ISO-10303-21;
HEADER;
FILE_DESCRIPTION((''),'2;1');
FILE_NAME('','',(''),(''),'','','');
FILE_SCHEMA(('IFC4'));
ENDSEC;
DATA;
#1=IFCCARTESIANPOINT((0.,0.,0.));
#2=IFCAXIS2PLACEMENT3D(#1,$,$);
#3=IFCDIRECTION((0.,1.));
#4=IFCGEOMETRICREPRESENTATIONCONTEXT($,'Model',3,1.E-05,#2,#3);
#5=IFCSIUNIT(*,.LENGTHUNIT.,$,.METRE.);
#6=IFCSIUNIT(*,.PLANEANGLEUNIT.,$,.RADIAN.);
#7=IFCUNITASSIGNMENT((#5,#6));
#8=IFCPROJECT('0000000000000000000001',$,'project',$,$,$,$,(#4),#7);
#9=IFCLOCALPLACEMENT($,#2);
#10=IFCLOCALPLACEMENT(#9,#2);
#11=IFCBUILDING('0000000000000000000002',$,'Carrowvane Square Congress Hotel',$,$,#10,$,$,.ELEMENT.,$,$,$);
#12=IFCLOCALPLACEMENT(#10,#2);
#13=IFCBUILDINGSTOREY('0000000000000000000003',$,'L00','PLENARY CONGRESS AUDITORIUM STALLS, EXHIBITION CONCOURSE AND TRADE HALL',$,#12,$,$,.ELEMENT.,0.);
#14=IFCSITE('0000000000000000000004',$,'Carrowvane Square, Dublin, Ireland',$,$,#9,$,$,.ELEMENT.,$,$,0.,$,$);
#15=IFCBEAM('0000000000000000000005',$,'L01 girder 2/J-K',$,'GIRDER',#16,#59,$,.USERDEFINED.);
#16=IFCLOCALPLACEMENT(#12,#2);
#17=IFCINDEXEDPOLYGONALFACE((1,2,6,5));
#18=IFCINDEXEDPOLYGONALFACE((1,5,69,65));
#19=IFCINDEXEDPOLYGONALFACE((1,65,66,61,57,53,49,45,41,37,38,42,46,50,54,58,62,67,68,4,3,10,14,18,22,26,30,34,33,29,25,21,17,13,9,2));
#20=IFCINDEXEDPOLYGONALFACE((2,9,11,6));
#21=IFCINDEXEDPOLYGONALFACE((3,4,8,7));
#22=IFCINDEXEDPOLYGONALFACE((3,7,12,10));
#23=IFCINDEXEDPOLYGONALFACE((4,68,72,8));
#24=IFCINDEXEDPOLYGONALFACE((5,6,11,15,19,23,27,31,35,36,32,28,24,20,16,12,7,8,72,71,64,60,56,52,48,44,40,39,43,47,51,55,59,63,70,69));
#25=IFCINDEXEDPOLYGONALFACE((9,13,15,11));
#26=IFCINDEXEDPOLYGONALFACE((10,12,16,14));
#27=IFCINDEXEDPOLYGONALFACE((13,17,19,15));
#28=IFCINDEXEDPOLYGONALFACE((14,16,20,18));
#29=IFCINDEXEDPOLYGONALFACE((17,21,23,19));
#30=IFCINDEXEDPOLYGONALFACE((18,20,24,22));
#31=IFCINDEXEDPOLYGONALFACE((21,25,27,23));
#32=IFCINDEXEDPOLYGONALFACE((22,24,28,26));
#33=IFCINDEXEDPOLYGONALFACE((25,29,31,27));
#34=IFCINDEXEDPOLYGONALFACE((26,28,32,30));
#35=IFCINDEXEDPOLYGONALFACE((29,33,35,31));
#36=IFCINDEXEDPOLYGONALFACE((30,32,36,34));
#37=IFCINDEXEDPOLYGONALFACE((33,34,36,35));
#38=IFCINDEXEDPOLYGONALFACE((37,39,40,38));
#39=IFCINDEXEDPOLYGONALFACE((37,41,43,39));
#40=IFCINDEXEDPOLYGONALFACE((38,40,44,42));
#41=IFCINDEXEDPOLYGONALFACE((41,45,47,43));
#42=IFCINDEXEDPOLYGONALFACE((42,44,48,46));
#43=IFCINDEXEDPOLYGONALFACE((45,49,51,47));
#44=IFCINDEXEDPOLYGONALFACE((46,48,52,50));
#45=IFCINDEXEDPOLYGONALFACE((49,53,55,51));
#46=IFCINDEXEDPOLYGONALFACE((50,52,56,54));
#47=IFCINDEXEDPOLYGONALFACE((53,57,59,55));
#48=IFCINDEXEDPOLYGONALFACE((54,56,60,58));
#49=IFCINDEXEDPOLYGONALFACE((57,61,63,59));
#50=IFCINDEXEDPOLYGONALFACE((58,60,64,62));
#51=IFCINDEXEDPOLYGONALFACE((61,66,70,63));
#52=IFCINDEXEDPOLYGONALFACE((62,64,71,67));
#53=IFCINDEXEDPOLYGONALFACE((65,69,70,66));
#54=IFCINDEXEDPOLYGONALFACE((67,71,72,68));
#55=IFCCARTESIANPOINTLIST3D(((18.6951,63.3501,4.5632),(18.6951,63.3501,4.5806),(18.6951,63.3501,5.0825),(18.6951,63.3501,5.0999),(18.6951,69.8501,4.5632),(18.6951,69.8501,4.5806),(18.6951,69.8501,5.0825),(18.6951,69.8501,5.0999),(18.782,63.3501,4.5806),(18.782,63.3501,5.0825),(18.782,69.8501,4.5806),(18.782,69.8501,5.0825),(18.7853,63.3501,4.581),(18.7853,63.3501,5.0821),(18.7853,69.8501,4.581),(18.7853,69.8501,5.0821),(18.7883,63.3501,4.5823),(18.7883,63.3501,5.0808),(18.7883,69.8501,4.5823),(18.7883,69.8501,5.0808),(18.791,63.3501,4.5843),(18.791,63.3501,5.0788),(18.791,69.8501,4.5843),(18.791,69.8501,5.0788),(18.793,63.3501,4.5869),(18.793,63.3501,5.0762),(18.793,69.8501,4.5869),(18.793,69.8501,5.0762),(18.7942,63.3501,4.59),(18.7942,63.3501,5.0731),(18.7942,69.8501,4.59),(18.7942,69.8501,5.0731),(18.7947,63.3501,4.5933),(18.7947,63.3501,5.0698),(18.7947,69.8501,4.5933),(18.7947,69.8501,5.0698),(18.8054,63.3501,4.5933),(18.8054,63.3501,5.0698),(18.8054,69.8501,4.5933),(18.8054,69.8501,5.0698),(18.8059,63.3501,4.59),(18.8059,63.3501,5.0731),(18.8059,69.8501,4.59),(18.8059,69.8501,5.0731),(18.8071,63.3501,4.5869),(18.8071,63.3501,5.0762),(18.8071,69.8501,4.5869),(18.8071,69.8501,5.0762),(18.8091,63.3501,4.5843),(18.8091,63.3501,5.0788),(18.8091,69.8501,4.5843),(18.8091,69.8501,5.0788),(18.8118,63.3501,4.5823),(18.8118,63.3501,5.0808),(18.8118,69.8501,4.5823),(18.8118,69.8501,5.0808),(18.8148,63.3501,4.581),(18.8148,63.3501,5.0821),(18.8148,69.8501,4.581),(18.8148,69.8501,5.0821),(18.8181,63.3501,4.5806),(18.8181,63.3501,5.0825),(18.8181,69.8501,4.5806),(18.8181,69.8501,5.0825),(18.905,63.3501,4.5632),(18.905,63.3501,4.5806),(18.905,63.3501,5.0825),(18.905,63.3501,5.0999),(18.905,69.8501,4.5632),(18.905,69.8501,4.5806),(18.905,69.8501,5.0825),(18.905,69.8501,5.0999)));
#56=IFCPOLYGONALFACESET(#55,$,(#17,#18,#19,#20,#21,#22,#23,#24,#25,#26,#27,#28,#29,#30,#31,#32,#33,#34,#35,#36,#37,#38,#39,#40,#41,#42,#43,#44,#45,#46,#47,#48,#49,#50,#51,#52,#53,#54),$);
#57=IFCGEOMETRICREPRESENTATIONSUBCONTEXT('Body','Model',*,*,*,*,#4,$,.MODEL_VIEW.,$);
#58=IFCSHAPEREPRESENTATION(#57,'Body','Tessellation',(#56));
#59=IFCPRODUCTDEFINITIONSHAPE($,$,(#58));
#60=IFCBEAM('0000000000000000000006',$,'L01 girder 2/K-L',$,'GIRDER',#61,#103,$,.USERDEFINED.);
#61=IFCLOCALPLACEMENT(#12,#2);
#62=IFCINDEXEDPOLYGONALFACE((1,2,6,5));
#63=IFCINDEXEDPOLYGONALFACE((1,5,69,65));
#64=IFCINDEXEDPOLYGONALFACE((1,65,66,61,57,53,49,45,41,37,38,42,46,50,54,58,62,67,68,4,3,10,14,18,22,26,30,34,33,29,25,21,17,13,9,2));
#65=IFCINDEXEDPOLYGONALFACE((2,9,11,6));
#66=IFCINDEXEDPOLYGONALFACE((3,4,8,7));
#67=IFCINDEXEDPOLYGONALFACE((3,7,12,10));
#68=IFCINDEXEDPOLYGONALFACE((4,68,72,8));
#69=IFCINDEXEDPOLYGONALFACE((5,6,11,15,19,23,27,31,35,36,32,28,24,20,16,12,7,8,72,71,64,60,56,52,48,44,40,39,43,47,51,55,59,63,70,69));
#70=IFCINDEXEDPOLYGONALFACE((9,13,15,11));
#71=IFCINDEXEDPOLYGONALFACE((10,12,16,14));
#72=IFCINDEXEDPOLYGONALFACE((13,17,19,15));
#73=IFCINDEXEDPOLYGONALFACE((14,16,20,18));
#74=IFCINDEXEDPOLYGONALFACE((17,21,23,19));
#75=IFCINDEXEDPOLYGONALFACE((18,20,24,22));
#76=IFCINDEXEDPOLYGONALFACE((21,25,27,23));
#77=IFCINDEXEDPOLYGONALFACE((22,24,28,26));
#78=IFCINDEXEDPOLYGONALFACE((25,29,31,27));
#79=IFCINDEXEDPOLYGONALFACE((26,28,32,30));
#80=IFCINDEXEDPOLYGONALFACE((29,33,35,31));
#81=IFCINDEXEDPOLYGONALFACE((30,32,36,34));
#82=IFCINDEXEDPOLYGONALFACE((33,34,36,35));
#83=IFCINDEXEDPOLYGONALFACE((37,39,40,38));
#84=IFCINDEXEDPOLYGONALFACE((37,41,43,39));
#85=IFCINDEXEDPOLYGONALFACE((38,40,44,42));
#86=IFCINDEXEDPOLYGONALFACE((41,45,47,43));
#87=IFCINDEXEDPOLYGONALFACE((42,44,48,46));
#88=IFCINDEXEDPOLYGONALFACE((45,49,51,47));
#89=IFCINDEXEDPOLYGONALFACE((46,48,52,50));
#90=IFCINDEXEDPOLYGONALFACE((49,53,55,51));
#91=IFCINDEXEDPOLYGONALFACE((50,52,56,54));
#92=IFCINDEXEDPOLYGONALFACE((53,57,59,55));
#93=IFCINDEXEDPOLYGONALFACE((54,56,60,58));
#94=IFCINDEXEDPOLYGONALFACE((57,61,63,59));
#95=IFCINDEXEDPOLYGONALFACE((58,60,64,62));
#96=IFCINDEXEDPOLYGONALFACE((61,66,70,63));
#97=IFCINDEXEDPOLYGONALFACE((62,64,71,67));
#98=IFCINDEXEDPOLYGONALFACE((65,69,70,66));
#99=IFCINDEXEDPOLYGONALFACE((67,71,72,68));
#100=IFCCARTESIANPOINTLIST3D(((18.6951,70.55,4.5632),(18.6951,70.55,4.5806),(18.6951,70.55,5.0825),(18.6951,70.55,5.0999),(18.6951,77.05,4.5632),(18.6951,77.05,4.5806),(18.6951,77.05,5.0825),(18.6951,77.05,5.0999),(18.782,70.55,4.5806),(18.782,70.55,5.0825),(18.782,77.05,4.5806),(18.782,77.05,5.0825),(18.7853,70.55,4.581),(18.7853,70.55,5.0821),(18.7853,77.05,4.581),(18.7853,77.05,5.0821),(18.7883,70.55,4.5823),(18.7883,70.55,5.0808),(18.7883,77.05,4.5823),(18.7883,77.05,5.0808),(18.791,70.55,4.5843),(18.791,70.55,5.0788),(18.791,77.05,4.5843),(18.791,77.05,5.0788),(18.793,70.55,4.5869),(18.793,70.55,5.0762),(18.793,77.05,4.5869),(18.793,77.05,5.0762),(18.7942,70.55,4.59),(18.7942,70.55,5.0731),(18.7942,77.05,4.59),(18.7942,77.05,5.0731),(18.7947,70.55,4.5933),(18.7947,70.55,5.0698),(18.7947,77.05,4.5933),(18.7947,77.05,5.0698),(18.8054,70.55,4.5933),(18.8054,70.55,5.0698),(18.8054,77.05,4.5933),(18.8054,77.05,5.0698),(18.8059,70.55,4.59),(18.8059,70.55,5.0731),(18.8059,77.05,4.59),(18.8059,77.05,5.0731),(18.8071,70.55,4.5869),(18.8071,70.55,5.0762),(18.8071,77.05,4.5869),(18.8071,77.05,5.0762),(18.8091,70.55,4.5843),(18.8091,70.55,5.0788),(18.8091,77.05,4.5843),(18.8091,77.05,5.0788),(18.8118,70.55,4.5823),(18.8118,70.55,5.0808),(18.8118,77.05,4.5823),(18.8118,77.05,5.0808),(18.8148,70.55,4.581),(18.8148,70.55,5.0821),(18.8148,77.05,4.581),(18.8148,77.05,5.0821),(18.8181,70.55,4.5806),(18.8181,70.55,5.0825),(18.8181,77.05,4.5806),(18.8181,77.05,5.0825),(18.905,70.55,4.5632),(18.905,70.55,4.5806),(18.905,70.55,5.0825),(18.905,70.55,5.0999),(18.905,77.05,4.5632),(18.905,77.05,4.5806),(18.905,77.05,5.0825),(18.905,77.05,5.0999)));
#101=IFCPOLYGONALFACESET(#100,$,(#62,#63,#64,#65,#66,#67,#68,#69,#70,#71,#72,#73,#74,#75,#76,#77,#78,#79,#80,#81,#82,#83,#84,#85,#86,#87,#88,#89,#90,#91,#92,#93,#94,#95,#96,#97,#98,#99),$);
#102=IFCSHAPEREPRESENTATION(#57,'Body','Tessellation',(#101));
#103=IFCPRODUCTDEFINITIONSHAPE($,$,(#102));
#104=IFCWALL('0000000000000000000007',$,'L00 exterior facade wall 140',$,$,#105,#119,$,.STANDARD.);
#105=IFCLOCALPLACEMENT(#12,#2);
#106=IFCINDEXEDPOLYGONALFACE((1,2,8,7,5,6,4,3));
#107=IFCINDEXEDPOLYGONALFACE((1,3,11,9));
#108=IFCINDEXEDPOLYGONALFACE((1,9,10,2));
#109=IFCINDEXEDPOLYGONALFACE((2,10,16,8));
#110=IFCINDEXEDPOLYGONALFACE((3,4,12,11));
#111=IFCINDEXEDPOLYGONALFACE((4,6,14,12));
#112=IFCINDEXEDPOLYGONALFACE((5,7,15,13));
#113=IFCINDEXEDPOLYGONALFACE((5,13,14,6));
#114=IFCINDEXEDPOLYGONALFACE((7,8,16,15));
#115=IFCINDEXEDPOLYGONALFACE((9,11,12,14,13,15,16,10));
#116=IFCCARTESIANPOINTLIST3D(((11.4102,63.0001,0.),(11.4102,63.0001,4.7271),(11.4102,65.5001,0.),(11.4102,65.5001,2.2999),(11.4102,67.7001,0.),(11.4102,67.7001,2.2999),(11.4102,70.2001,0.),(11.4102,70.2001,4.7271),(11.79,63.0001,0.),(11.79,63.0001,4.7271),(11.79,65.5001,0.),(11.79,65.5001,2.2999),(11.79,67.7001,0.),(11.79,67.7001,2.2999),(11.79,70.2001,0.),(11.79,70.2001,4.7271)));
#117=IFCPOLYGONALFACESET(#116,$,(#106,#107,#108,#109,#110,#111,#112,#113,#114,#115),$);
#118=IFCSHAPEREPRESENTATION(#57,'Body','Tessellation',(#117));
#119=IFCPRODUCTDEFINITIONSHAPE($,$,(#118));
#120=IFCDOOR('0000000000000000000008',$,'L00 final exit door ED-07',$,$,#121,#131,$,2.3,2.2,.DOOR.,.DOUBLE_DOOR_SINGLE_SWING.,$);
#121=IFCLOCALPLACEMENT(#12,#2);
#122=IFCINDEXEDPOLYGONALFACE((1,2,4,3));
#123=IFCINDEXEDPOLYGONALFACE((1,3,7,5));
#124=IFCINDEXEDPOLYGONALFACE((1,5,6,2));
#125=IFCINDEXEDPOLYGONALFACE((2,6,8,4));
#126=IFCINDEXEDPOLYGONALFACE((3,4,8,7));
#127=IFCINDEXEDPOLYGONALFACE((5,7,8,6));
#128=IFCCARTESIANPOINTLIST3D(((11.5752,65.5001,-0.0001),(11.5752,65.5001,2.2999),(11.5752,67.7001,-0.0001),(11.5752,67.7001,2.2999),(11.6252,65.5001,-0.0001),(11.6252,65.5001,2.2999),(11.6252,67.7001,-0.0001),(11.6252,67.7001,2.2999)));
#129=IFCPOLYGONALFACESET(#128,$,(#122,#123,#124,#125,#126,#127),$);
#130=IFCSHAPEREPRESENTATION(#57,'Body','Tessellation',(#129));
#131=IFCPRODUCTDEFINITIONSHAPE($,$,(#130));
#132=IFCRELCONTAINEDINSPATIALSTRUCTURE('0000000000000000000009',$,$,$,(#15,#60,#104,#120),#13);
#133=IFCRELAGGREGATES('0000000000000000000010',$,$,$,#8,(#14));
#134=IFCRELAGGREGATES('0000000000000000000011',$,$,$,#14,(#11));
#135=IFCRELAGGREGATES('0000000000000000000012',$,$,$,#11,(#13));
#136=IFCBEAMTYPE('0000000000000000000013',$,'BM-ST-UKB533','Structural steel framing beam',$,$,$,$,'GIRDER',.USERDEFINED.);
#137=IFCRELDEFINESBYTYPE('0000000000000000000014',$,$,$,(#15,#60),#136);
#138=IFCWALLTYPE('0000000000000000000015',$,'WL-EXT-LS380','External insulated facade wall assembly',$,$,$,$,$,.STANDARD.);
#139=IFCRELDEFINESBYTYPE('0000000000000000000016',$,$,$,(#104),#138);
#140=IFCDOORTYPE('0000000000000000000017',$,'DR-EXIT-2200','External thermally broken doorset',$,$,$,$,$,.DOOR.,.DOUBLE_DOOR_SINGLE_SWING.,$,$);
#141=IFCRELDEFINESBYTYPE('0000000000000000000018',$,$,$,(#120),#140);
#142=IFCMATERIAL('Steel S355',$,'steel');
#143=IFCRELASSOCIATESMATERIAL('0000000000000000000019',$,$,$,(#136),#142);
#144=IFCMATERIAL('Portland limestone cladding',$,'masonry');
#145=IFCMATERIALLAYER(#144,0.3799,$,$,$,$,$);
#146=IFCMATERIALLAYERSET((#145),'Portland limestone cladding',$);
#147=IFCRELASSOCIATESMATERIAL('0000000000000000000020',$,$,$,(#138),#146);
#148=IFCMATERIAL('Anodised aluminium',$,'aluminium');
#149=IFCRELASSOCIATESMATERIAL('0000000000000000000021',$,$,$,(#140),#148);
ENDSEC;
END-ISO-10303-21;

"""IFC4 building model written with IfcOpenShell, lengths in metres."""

from ifc_helpers import new_model, si_unit, direction, frame, frame_2d, origin, origin_2d, place, context, subcontext, project, spatial, rectangle, i_section, extrude, material, layer, layer_set, material_profile, profile_set, type_object, element, fill, save


model = new_model("IFC4")

# Units and contexts
model_context = context("Model", 3, precision=1e-05, world=origin(), true_north=direction((0.0, 1.0)))
body_context = subcontext(model_context, "Body", "Model", "MODEL_VIEW")
ifc_project = project(units=[si_unit("LENGTHUNIT", "METRE"), si_unit("PLANEANGLEUNIT", "RADIAN")], contexts=[model_context])

# Site, building, storey
site_placement = place(None, origin())
site = spatial("IfcSite", under=ifc_project, at=site_placement, Name="Carrowvane Square, Dublin, Ireland", CompositionType="ELEMENT", RefElevation=0.0)
building_placement = place(site_placement, origin())
building = spatial("IfcBuilding", under=site, at=building_placement, Name="Carrowvane Square Congress Hotel", CompositionType="ELEMENT")
storey_placement = place(building_placement, origin())
storey = spatial("IfcBuildingStorey", under=building, at=storey_placement, Name="L00", Description="PLENARY CONGRESS AUDITORIUM STALLS, EXHIBITION CONCOURSE AND TRADE HALL", CompositionType="ELEMENT", Elevation=0.0)

# Beams
ifc_material_1 = material(Name="Steel S355", Category="steel")
ifc_material_profile_1 = material_profile(ifc_material_1, i_section(OverallWidth=0.21, OverallDepth=0.5366, WebThickness=0.0107, FlangeThickness=0.0173, FilletRadius=0.0127, at=origin_2d()), Name="UKB 533x210x101")
ifc_profile_set_1 = profile_set([ifc_material_profile_1], Name="Steel S355")
beam_type_1 = type_object("IfcBeamType", Name="BM-ST-UKB533", Description="Structural steel framing beam", ElementType="GIRDER", PredefinedType="USERDEFINED", material=ifc_profile_set_1)
for number, where, z_axis, x_axis, name in (
    (1, (18.8, 63.3501, 4.8315), (0.0, 1.0, 0.0), (-1.0, 0.0, 0.0), "L01 girder 2/J-K"),
    (2, (18.8, 70.55, 4.8315), (0.0, 1.0, 0.0), (-1.0, 0.0, 0.0), "L01 girder 2/K-L"),
):
    element("IfcBeam", number, at=place(storey_placement, frame(where, z_axis=z_axis, x_axis=x_axis)), inside=storey, type_object=beam_type_1, Name=name, ObjectType="GIRDER", PredefinedType="USERDEFINED", context=body_context, shape_type="SweptSolid", body=[
        extrude(i_section(OverallWidth=0.21, OverallDepth=0.5366, WebThickness=0.0107, FlangeThickness=0.0173, FilletRadius=0.0127, at=origin_2d()), origin(), (0.0, 0.0, 1.0), 6.5),
    ])

# Wall, opening, door
ifc_material_2 = material(Name="Portland limestone cladding", Category="masonry")
ifc_layer_1 = layer(ifc_material_2, 0.3799)
ifc_layer_set_1 = layer_set([ifc_layer_1], Name="Portland limestone cladding")
wall_type = type_object("IfcWallType", Name="WL-EXT-LS380", Description="External insulated facade wall assembly", PredefinedType="STANDARD", material=ifc_layer_set_1)
wall_1_placement = place(storey_placement, frame((11.6001, 63.0, 0.0), z_axis=(0.0, 0.0, 1.0), x_axis=(0.0, 1.0, 0.0)))
wall_1 = element("IfcWall", 3, at=wall_1_placement, inside=storey, type_object=wall_type, Name="L00 exterior facade wall 140", PredefinedType="STANDARD", context=body_context, shape_type="SweptSolid", body=[
    extrude(rectangle(XDim=7.2, YDim=0.3799, at=frame_2d((3.6001, 0.0))), origin(), (0.0, 0.0, 1.0), 4.7271),
])
opening_1_placement = place(wall_1_placement, frame((2.5, 0.0, 0.0)))
opening_1 = element("IfcOpeningElement", 4, at=opening_1_placement, cuts=wall_1, PredefinedType="OPENING", context=body_context, shape_type="SweptSolid", body=[
    extrude(rectangle(XDim=2.2, YDim=2.3, at=frame_2d((1.1001, 1.1499))), frame((0.0, 0.2, 0.0), z_axis=(0.0, -1.0, 0.0), x_axis=(1.0, 0.0, 0.0)), (0.0, 0.0, 1.0), 0.3999),
])
ifc_material_3 = material(Name="Anodised aluminium", Category="aluminium")
door_type_1 = type_object("IfcDoorType", Name="DR-EXIT-2200", Description="External thermally broken doorset", OperationType="DOUBLE_DOOR_SINGLE_SWING", PredefinedType="DOOR", material=ifc_material_3)
door_1_placement = place(opening_1_placement, origin())
door_1 = element("IfcDoor", 5, at=door_1_placement, inside=storey, type_object=door_type_1, Name="L00 final exit door ED-07", OperationType="DOUBLE_DOOR_SINGLE_SWING", OverallHeight=2.3, OverallWidth=2.2, PredefinedType="DOOR", context=body_context, shape_type="SweptSolid", body=[
    extrude(rectangle(XDim=2.2, YDim=2.3, at=frame_2d((1.1001, 1.1499))), frame((0.0, 0.0249, 0.0), z_axis=(0.0, -1.0, 0.0), x_axis=(1.0, 0.0, 0.0)), (0.0, 0.0, 1.0), 0.05),
])
fill(opening_1, door_1)

save(model, "model.ifc")
